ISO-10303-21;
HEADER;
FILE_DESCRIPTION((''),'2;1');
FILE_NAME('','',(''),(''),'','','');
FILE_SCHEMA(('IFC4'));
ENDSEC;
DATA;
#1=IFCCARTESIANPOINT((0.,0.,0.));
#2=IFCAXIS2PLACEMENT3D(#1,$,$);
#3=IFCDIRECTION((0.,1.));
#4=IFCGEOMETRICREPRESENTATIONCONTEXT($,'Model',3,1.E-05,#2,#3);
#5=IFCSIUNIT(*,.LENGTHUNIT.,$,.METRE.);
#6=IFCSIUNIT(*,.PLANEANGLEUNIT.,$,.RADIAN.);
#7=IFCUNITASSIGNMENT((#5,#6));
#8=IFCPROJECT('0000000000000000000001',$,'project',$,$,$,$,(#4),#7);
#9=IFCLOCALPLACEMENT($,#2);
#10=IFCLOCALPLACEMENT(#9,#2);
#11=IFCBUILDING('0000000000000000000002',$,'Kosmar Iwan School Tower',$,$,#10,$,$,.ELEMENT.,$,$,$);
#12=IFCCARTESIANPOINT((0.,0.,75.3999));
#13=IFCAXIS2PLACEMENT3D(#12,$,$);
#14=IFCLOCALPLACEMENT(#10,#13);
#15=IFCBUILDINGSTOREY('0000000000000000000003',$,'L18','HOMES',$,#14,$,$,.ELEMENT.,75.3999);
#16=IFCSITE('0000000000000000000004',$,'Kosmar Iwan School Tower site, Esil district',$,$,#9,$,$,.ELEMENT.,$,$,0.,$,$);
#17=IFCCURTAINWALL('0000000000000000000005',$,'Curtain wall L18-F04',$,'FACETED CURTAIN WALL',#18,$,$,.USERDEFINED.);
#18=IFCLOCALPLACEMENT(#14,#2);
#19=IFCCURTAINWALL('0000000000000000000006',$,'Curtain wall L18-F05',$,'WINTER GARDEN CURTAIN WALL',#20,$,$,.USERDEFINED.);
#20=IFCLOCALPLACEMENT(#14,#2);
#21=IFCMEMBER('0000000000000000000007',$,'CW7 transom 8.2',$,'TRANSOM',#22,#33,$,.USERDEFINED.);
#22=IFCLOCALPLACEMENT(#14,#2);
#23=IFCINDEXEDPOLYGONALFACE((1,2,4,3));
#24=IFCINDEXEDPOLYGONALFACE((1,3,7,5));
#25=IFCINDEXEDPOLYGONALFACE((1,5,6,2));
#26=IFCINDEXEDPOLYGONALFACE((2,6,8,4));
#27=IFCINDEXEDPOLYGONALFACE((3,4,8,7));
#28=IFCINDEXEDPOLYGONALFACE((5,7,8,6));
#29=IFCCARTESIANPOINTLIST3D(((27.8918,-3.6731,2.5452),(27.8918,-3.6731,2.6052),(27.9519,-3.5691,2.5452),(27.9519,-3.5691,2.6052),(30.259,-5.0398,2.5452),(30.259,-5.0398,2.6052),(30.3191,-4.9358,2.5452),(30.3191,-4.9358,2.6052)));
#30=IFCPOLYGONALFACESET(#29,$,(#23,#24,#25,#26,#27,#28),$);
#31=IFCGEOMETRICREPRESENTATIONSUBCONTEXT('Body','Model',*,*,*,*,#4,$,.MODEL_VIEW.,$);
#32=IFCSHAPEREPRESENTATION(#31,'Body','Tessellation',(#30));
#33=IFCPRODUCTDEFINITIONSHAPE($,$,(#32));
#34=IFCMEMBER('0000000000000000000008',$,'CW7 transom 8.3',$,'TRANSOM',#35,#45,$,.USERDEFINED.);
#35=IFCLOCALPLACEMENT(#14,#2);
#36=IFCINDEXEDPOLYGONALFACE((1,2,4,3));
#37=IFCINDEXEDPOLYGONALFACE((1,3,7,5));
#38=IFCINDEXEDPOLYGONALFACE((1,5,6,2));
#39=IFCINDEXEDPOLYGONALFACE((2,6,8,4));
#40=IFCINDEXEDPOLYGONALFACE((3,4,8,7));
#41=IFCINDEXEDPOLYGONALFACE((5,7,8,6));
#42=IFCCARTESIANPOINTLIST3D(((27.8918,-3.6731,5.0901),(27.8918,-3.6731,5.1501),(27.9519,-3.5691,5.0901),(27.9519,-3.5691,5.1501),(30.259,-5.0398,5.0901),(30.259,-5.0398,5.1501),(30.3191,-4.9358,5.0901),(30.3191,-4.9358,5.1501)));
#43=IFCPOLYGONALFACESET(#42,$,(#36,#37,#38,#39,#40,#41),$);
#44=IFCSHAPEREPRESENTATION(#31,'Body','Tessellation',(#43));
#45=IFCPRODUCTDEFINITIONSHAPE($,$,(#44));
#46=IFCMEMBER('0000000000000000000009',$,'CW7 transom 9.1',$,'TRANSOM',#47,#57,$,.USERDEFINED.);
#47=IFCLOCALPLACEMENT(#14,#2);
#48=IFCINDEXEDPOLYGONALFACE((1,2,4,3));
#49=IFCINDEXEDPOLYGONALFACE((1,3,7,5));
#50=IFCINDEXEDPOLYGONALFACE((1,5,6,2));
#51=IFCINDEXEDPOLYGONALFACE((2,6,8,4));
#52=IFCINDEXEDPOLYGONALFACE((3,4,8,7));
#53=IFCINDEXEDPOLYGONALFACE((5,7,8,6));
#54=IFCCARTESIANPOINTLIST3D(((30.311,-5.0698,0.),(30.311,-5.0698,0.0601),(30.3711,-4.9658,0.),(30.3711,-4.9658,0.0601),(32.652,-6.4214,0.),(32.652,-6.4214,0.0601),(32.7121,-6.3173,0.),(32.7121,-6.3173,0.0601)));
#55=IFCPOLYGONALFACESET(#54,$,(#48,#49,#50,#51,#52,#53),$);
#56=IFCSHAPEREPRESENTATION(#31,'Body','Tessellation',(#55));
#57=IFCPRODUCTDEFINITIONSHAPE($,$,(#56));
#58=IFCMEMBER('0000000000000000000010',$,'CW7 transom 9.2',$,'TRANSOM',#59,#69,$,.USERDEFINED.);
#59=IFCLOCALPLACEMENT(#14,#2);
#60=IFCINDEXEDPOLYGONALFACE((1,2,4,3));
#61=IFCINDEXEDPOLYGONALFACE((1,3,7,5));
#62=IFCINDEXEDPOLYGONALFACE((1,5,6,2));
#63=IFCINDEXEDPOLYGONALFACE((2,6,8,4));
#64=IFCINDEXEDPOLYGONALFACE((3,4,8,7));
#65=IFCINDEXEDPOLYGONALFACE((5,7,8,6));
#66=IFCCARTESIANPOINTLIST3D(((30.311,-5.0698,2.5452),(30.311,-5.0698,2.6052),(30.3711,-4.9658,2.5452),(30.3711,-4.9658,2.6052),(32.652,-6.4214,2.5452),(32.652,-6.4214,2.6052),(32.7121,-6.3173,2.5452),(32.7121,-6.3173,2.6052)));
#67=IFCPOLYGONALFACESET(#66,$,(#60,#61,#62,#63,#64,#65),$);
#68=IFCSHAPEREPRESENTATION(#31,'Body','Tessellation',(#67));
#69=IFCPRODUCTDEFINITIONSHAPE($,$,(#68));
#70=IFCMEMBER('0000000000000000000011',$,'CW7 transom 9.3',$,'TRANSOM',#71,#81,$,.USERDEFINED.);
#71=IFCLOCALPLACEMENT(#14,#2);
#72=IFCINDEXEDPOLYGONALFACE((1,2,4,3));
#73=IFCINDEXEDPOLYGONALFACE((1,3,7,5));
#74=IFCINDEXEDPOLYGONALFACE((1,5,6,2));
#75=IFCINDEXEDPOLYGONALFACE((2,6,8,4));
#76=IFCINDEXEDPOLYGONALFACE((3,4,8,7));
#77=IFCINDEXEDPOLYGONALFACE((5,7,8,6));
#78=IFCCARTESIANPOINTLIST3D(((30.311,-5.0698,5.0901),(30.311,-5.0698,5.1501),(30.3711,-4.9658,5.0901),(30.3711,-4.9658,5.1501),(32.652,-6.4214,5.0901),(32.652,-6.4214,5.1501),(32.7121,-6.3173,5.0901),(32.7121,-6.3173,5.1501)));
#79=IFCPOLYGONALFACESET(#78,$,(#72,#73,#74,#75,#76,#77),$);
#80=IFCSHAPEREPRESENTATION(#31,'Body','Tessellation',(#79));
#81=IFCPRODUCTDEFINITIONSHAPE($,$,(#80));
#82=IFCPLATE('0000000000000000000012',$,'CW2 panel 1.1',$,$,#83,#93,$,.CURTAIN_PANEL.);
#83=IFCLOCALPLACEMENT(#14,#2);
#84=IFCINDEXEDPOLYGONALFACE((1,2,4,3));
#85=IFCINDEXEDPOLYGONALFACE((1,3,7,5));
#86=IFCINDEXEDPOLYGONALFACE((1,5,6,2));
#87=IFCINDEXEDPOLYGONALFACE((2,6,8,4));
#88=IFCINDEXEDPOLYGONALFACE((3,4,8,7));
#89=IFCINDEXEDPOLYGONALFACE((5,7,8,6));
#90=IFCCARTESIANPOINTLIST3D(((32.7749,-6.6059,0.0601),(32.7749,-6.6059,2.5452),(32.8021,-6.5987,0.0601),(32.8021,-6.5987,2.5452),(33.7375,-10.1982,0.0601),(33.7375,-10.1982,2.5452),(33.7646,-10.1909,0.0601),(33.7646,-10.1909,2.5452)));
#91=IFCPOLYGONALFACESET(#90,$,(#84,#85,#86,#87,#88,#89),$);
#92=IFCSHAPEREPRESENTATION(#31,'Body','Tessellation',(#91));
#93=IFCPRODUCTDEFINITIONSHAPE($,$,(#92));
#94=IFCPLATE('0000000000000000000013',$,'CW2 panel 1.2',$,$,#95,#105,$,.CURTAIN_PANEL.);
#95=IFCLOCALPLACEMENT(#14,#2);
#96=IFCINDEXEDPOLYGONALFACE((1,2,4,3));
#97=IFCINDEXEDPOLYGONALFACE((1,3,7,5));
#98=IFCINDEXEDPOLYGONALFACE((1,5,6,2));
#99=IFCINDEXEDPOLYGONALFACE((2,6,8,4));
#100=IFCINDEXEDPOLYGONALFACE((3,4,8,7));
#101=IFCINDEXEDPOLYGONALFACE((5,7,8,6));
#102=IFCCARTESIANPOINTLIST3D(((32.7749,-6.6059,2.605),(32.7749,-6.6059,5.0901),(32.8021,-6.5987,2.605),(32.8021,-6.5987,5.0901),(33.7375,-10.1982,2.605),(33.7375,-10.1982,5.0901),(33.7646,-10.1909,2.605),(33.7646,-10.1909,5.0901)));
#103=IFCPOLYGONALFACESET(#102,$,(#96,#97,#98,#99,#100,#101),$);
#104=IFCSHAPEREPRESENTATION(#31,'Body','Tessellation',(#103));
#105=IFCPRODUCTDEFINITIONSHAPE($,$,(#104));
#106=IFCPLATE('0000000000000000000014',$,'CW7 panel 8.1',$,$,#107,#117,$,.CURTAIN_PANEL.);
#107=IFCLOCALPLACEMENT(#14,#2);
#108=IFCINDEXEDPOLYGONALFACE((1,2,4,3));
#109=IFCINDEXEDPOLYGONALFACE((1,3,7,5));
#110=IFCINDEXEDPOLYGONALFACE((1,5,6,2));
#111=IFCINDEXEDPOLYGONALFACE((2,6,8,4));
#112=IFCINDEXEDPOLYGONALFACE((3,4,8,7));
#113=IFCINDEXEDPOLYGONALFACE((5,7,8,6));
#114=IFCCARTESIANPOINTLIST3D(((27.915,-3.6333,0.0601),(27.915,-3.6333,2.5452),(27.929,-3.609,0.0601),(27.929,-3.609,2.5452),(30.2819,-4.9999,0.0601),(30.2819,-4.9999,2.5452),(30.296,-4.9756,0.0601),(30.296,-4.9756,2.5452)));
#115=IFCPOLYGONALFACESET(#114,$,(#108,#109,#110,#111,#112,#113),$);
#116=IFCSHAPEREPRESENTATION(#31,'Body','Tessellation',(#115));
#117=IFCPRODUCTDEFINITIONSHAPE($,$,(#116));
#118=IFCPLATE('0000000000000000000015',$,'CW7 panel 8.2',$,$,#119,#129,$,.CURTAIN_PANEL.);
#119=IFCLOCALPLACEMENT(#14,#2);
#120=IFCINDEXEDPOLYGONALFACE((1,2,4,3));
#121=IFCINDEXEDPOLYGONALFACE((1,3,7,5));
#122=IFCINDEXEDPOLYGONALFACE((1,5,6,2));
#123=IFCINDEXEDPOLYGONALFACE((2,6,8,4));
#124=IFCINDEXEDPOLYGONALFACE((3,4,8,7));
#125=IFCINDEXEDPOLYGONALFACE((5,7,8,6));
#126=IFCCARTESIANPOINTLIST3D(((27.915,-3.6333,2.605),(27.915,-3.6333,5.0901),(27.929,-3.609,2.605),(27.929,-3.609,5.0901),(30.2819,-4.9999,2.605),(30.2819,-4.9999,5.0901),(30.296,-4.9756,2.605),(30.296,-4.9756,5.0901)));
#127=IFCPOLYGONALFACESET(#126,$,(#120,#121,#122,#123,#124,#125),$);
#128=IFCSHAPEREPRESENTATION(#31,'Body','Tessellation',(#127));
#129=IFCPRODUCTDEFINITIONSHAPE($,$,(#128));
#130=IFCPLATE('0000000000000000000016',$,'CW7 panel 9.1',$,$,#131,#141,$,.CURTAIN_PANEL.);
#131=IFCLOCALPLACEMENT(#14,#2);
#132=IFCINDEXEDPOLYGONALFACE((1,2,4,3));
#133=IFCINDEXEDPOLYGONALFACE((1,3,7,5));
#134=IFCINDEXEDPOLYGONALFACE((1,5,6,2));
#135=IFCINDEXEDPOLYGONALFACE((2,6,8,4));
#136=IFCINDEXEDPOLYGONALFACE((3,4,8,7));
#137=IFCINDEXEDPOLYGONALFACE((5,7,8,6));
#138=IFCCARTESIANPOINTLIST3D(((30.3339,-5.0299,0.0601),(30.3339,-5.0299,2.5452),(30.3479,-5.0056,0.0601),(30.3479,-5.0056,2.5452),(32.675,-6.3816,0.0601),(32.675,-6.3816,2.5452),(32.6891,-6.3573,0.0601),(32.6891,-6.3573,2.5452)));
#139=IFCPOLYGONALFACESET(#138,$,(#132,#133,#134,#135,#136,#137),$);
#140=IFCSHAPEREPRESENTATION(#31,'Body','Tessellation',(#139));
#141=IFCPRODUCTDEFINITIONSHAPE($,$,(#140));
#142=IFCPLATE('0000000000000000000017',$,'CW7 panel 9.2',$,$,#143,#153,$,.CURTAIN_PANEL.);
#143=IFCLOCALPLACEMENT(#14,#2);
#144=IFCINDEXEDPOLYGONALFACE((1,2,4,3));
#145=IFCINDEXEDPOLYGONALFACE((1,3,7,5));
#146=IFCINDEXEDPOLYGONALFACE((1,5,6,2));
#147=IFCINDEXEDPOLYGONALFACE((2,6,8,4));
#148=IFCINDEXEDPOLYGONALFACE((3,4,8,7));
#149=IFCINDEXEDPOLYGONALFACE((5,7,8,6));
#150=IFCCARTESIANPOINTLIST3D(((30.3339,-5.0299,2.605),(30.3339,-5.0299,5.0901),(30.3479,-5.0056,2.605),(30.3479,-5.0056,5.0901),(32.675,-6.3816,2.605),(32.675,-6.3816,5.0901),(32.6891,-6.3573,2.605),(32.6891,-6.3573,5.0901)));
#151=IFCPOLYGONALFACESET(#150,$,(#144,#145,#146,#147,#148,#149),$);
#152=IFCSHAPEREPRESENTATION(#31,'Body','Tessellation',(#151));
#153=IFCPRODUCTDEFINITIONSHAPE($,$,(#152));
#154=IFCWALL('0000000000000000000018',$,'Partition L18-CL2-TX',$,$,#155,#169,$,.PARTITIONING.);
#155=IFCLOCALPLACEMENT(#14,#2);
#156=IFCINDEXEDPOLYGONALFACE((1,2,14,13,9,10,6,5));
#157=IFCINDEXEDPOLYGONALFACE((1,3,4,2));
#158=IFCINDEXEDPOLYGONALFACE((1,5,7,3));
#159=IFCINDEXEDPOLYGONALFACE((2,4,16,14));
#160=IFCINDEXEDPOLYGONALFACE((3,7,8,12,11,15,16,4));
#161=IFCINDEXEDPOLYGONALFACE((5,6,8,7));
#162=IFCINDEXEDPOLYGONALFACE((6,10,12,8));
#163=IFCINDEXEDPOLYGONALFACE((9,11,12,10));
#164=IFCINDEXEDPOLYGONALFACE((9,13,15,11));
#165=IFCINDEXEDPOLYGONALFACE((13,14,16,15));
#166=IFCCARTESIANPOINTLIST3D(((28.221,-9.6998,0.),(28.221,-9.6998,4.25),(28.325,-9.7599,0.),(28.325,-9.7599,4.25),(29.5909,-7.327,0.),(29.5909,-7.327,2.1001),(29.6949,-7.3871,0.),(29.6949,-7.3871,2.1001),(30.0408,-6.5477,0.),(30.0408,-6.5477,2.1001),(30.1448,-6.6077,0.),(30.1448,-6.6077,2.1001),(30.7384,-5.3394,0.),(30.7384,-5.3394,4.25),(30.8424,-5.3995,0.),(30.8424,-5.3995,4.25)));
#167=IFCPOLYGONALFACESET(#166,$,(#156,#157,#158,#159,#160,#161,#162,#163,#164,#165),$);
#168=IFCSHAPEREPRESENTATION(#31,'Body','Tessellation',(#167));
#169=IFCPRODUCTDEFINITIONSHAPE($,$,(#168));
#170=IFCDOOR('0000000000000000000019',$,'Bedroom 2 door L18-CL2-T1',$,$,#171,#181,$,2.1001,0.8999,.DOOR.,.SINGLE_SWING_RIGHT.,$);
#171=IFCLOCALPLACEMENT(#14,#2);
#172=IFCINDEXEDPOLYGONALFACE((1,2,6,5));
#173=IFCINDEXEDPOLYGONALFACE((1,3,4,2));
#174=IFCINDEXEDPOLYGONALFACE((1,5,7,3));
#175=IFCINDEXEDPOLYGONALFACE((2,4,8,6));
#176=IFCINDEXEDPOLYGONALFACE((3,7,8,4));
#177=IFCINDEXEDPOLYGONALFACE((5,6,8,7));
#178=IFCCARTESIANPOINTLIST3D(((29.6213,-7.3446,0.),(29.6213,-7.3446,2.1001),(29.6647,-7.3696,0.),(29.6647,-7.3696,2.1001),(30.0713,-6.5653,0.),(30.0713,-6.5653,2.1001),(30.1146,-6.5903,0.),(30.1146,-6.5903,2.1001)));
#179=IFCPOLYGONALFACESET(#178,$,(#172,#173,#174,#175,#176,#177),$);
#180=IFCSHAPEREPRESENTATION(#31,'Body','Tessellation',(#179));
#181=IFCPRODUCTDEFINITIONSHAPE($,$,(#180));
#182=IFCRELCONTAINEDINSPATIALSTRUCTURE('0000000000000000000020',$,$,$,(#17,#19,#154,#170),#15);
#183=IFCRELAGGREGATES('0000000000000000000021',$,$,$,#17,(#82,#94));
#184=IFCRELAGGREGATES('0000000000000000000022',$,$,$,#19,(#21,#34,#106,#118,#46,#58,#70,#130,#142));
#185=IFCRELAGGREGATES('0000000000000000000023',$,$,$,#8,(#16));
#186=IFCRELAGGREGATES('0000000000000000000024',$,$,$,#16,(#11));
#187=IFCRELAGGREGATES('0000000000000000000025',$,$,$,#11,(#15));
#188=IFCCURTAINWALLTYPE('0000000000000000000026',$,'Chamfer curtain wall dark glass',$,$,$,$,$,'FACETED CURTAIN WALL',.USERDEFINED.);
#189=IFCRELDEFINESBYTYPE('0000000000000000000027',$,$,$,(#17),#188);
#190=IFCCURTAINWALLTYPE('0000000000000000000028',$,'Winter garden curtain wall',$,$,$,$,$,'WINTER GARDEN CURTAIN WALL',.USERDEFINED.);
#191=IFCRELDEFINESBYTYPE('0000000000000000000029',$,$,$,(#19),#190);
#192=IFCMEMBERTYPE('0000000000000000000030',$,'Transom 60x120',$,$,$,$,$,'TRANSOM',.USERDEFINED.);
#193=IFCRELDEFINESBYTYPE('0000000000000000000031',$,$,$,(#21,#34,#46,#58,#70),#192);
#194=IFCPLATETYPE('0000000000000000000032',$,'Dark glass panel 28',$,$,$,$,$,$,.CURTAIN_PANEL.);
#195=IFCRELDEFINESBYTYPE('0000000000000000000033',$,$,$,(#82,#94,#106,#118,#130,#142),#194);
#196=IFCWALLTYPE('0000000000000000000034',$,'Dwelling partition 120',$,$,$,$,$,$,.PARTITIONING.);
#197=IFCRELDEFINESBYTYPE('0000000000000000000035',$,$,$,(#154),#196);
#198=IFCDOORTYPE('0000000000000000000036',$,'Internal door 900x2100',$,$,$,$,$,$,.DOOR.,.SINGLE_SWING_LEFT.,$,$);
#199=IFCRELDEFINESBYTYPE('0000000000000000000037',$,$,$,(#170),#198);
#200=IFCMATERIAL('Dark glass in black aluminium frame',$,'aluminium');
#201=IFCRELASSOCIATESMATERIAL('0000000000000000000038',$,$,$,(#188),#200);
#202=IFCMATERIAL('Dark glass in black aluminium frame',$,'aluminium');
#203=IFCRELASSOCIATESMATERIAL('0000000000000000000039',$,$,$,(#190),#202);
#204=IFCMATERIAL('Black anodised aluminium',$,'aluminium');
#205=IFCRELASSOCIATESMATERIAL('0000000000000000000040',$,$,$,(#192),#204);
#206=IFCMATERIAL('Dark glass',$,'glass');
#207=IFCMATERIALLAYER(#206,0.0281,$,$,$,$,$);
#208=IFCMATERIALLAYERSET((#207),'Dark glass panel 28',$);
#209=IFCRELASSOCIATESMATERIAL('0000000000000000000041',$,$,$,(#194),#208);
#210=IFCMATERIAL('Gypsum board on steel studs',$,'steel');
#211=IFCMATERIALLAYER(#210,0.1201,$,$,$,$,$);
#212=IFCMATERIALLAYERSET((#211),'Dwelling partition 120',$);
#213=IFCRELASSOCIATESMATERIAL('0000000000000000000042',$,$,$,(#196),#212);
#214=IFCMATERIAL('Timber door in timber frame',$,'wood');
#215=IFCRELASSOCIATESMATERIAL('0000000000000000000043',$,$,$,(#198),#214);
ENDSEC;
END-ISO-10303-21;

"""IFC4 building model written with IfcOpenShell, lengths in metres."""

from ifc_helpers import new_model, si_unit, direction, frame, frame_2d, origin, origin_2d, place, context, subcontext, project, spatial, rectangle, extrude, material, layer, layer_set, material_profile, profile_set, type_object, element, fill, aggregate, save


model = new_model("IFC4")

# Units and contexts
model_context = context("Model", 3, precision=1e-05, world=origin(), true_north=direction((0.0, 1.0)))
body_context = subcontext(model_context, "Body", "Model", "MODEL_VIEW")
ifc_project = project(units=[si_unit("LENGTHUNIT", "METRE"), si_unit("PLANEANGLEUNIT", "RADIAN")], contexts=[model_context])

# Site, building, storey
site_placement = place(None, origin())
site = spatial("IfcSite", under=ifc_project, at=site_placement, Name="Kosmar Iwan School Tower site, Esil district", CompositionType="ELEMENT", RefElevation=0.0)
building_placement = place(site_placement, origin())
building = spatial("IfcBuilding", under=site, at=building_placement, Name="Kosmar Iwan School Tower", CompositionType="ELEMENT")
storey_placement = place(building_placement, frame((0.0, 0.0, 75.3999)))
storey = spatial("IfcBuildingStorey", under=building, at=storey_placement, Name="L18", Description="HOMES", CompositionType="ELEMENT", Elevation=75.3999)

# Curtain walls
ifc_material_1 = material(Name="Dark glass in black aluminium frame", Category="aluminium")
curtain_wall_type_1 = type_object("IfcCurtainWallType", Name="Chamfer curtain wall dark glass", ElementType="FACETED CURTAIN WALL", PredefinedType="USERDEFINED", material=ifc_material_1)
curtain_wall_1_placement = place(storey_placement, origin())
curtain_wall_1 = element("IfcCurtainWall", 1, at=curtain_wall_1_placement, inside=storey, type_object=curtain_wall_type_1, Name="Curtain wall L18-F04", ObjectType="FACETED CURTAIN WALL", PredefinedType="USERDEFINED")
ifc_material_2 = material(Name="Dark glass in black aluminium frame", Category="aluminium")
curtain_wall_type_2 = type_object("IfcCurtainWallType", Name="Winter garden curtain wall", ElementType="WINTER GARDEN CURTAIN WALL", PredefinedType="USERDEFINED", material=ifc_material_2)
curtain_wall_2_placement = place(storey_placement, origin())
curtain_wall_2 = element("IfcCurtainWall", 2, at=curtain_wall_2_placement, inside=storey, type_object=curtain_wall_type_2, Name="Curtain wall L18-F05", ObjectType="WINTER GARDEN CURTAIN WALL", PredefinedType="USERDEFINED")

# Members
ifc_material_3 = material(Name="Black anodised aluminium", Category="aluminium")
ifc_material_profile_1 = material_profile(ifc_material_3, rectangle(XDim=0.1201, YDim=0.0601, at=origin_2d()), Name="TRANSOM 60x120")
ifc_profile_set_1 = profile_set([ifc_material_profile_1], Name="Black anodised aluminium")
member_type_1 = type_object("IfcMemberType", Name="Transom 60x120", ElementType="TRANSOM", PredefinedType="USERDEFINED", material=ifc_profile_set_1)
member_1_placement = place(storey_placement, frame((27.9219, -3.6211, 2.5752), z_axis=(0.866025, -0.500001, 0.0), x_axis=(0.500001, 0.866025, 0.0)))
member_1 = element("IfcMember", 3, at=member_1_placement, type_object=member_type_1, Name="CW7 transom 8.2", ObjectType="TRANSOM", PredefinedType="USERDEFINED", context=body_context, shape_type="SweptSolid", body=[
    extrude(rectangle(XDim=0.1201, YDim=0.0601, at=origin_2d()), origin(), (0.0, 0.0, 1.0), 2.7334),
])
member_2_placement = place(storey_placement, frame((27.9219, -3.6211, 5.1201), z_axis=(0.866025, -0.500001, 0.0), x_axis=(0.500001, 0.866025, 0.0)))
member_2 = element("IfcMember", 4, at=member_2_placement, type_object=member_type_1, Name="CW7 transom 8.3", ObjectType="TRANSOM", PredefinedType="USERDEFINED", context=body_context, shape_type="SweptSolid", body=[
    extrude(rectangle(XDim=0.1201, YDim=0.0601, at=origin_2d()), origin(), (0.0, 0.0, 1.0), 2.7334),
])
member_3_placement = place(storey_placement, frame((30.3411, -5.0178, 0.03), z_axis=(0.866034, -0.499986, 0.0), x_axis=(0.499986, 0.866034, 0.0)))
member_3 = element("IfcMember", 5, at=member_3_placement, type_object=member_type_1, Name="CW7 transom 9.1", ObjectType="TRANSOM", PredefinedType="USERDEFINED", context=body_context, shape_type="SweptSolid", body=[
    extrude(rectangle(XDim=0.1201, YDim=0.0601, at=origin_2d()), origin(), (0.0, 0.0, 1.0), 2.7031),
])
member_4_placement = place(storey_placement, frame((30.3411, -5.0178, 2.5752), z_axis=(0.866034, -0.499986, 0.0), x_axis=(0.499986, 0.866034, 0.0)))
member_4 = element("IfcMember", 6, at=member_4_placement, type_object=member_type_1, Name="CW7 transom 9.2", ObjectType="TRANSOM", PredefinedType="USERDEFINED", context=body_context, shape_type="SweptSolid", body=[
    extrude(rectangle(XDim=0.1201, YDim=0.0601, at=origin_2d()), origin(), (0.0, 0.0, 1.0), 2.7031),
])
member_5_placement = place(storey_placement, frame((30.3411, -5.0178, 5.1201), z_axis=(0.866034, -0.499986, 0.0), x_axis=(0.499986, 0.866034, 0.0)))
member_5 = element("IfcMember", 7, at=member_5_placement, type_object=member_type_1, Name="CW7 transom 9.3", ObjectType="TRANSOM", PredefinedType="USERDEFINED", context=body_context, shape_type="SweptSolid", body=[
    extrude(rectangle(XDim=0.1201, YDim=0.0601, at=origin_2d()), origin(), (0.0, 0.0, 1.0), 2.7031),
])

# Plates
ifc_material_4 = material(Name="Dark glass", Category="glass")
ifc_layer_1 = layer(ifc_material_4, 0.0281)
ifc_layer_set_1 = layer_set([ifc_layer_1], Name="Dark glass panel 28")
plate_type = type_object("IfcPlateType", Name="Dark glass panel 28", PredefinedType="CURTAIN_PANEL", material=ifc_layer_set_1)
plate_1_placement = place(storey_placement, frame((33.2698, -8.3984, 0.0601), z_axis=(0.0, 0.0, 1.0), x_axis=(-0.258819, 0.965926, 0.0)))
plate_1 = element("IfcPlate", 8, at=plate_1_placement, type_object=plate_type, Name="CW2 panel 1.1", PredefinedType="CURTAIN_PANEL", context=body_context, shape_type="SweptSolid", body=[
    extrude(rectangle(XDim=3.719, YDim=0.0281, at=origin_2d()), origin(), (0.0, 0.0, 1.0), 2.4851),
])
plate_2_placement = place(storey_placement, frame((33.2698, -8.3984, 2.605), z_axis=(0.0, 0.0, 1.0), x_axis=(-0.258819, 0.965926, 0.0)))
plate_2 = element("IfcPlate", 9, at=plate_2_placement, type_object=plate_type, Name="CW2 panel 1.2", PredefinedType="CURTAIN_PANEL", context=body_context, shape_type="SweptSolid", body=[
    extrude(rectangle(XDim=3.719, YDim=0.0281, at=origin_2d()), origin(), (0.0, 0.0, 1.0), 2.4851),
])
aggregate(curtain_wall_1, [plate_1, plate_2])
plate_3_placement = place(storey_placement, frame((29.1055, -4.3044, 0.0601), z_axis=(0.0, 0.0, 1.0), x_axis=(0.866025, -0.5, 0.0)))
plate_3 = element("IfcPlate", 10, at=plate_3_placement, type_object=plate_type, Name="CW7 panel 8.1", PredefinedType="CURTAIN_PANEL", context=body_context, shape_type="SweptSolid", body=[
    extrude(rectangle(XDim=2.7332, YDim=0.0281, at=origin_2d()), origin(), (0.0, 0.0, 1.0), 2.4851),
])
plate_4_placement = place(storey_placement, frame((29.1055, -4.3044, 2.605), z_axis=(0.0, 0.0, 1.0), x_axis=(0.866025, -0.5, 0.0)))
plate_4 = element("IfcPlate", 11, at=plate_4_placement, type_object=plate_type, Name="CW7 panel 8.2", PredefinedType="CURTAIN_PANEL", context=body_context, shape_type="SweptSolid", body=[
    extrude(rectangle(XDim=2.7332, YDim=0.0281, at=origin_2d()), origin(), (0.0, 0.0, 1.0), 2.4851),
])
plate_5_placement = place(storey_placement, frame((31.5115, -5.6936, 0.0601), z_axis=(0.0, 0.0, 1.0), x_axis=(0.866025, -0.5, 0.0)))
plate_5 = element("IfcPlate", 12, at=plate_5_placement, type_object=plate_type, Name="CW7 panel 9.1", PredefinedType="CURTAIN_PANEL", context=body_context, shape_type="SweptSolid", body=[
    extrude(rectangle(XDim=2.7034, YDim=0.0281, at=origin_2d()), origin(), (0.0, 0.0, 1.0), 2.4851),
])
plate_6_placement = place(storey_placement, frame((31.5115, -5.6936, 2.605), z_axis=(0.0, 0.0, 1.0), x_axis=(0.866025, -0.5, 0.0)))
plate_6 = element("IfcPlate", 13, at=plate_6_placement, type_object=plate_type, Name="CW7 panel 9.2", PredefinedType="CURTAIN_PANEL", context=body_context, shape_type="SweptSolid", body=[
    extrude(rectangle(XDim=2.7034, YDim=0.0281, at=origin_2d()), origin(), (0.0, 0.0, 1.0), 2.4851),
])
aggregate(curtain_wall_2, [member_1, member_2, plate_3, plate_4, member_3, member_4, member_5, plate_5, plate_6])

# Wall, opening, door
ifc_material_5 = material(Name="Gypsum board on steel studs", Category="steel")
ifc_layer_2 = layer(ifc_material_5, 0.1201)
ifc_layer_set_2 = layer_set([ifc_layer_2], Name="Dwelling partition 120")
wall_type = type_object("IfcWallType", Name="Dwelling partition 120", PredefinedType="PARTITIONING", material=ifc_layer_set_2)
wall_placement = place(storey_placement, frame((28.2729, -9.73, 0.0), z_axis=(0.0, 0.0, 1.0), x_axis=(0.499983, 0.866035, 0.0)))
wall = element("IfcWall", 14, at=wall_placement, inside=storey, type_object=wall_type, Name="Partition L18-CL2-TX", PredefinedType="PARTITIONING", context=body_context, shape_type="SweptSolid", body=[
    extrude(rectangle(XDim=5.0349, YDim=0.1201, at=frame_2d((2.5176, 0.0))), origin(), (0.0, 0.0, 1.0), 4.25),
])
opening_placement = place(wall_placement, frame((2.74, 0.0, 0.0)))
opening = element("IfcOpeningElement", 15, at=opening_placement, cuts=wall, PredefinedType="OPENING", context=body_context, shape_type="SweptSolid", body=[
    extrude(rectangle(XDim=0.8999, YDim=2.1001, at=frame_2d((0.45, 1.05))), frame((0.0, 0.072, 0.0), z_axis=(0.0, -1.0, 0.0), x_axis=(1.0, 0.0, 0.0)), (0.0, 0.0, 1.0), 0.144),
])
ifc_material_6 = material(Name="Timber door in timber frame", Category="wood")
door_type = type_object("IfcDoorType", Name="Internal door 900x2100", OperationType="SINGLE_SWING_LEFT", PredefinedType="DOOR", material=ifc_material_6)
door_placement = place(opening_placement, origin())
door = element("IfcDoor", 16, at=door_placement, inside=storey, type_object=door_type, Name="Bedroom 2 door L18-CL2-T1", OperationType="SINGLE_SWING_RIGHT", OverallHeight=2.1001, OverallWidth=0.8999, PredefinedType="DOOR", context=body_context, shape_type="SweptSolid", body=[
    extrude(rectangle(XDim=0.8999, YDim=2.1001, at=frame_2d((0.45, 1.05))), frame((0.0, 0.0249, 0.0), z_axis=(0.0, -1.0, 0.0), x_axis=(1.0, 0.0, 0.0)), (0.0, 0.0, 1.0), 0.05),
])
fill(opening, door)

save(model, "model.ifc")
